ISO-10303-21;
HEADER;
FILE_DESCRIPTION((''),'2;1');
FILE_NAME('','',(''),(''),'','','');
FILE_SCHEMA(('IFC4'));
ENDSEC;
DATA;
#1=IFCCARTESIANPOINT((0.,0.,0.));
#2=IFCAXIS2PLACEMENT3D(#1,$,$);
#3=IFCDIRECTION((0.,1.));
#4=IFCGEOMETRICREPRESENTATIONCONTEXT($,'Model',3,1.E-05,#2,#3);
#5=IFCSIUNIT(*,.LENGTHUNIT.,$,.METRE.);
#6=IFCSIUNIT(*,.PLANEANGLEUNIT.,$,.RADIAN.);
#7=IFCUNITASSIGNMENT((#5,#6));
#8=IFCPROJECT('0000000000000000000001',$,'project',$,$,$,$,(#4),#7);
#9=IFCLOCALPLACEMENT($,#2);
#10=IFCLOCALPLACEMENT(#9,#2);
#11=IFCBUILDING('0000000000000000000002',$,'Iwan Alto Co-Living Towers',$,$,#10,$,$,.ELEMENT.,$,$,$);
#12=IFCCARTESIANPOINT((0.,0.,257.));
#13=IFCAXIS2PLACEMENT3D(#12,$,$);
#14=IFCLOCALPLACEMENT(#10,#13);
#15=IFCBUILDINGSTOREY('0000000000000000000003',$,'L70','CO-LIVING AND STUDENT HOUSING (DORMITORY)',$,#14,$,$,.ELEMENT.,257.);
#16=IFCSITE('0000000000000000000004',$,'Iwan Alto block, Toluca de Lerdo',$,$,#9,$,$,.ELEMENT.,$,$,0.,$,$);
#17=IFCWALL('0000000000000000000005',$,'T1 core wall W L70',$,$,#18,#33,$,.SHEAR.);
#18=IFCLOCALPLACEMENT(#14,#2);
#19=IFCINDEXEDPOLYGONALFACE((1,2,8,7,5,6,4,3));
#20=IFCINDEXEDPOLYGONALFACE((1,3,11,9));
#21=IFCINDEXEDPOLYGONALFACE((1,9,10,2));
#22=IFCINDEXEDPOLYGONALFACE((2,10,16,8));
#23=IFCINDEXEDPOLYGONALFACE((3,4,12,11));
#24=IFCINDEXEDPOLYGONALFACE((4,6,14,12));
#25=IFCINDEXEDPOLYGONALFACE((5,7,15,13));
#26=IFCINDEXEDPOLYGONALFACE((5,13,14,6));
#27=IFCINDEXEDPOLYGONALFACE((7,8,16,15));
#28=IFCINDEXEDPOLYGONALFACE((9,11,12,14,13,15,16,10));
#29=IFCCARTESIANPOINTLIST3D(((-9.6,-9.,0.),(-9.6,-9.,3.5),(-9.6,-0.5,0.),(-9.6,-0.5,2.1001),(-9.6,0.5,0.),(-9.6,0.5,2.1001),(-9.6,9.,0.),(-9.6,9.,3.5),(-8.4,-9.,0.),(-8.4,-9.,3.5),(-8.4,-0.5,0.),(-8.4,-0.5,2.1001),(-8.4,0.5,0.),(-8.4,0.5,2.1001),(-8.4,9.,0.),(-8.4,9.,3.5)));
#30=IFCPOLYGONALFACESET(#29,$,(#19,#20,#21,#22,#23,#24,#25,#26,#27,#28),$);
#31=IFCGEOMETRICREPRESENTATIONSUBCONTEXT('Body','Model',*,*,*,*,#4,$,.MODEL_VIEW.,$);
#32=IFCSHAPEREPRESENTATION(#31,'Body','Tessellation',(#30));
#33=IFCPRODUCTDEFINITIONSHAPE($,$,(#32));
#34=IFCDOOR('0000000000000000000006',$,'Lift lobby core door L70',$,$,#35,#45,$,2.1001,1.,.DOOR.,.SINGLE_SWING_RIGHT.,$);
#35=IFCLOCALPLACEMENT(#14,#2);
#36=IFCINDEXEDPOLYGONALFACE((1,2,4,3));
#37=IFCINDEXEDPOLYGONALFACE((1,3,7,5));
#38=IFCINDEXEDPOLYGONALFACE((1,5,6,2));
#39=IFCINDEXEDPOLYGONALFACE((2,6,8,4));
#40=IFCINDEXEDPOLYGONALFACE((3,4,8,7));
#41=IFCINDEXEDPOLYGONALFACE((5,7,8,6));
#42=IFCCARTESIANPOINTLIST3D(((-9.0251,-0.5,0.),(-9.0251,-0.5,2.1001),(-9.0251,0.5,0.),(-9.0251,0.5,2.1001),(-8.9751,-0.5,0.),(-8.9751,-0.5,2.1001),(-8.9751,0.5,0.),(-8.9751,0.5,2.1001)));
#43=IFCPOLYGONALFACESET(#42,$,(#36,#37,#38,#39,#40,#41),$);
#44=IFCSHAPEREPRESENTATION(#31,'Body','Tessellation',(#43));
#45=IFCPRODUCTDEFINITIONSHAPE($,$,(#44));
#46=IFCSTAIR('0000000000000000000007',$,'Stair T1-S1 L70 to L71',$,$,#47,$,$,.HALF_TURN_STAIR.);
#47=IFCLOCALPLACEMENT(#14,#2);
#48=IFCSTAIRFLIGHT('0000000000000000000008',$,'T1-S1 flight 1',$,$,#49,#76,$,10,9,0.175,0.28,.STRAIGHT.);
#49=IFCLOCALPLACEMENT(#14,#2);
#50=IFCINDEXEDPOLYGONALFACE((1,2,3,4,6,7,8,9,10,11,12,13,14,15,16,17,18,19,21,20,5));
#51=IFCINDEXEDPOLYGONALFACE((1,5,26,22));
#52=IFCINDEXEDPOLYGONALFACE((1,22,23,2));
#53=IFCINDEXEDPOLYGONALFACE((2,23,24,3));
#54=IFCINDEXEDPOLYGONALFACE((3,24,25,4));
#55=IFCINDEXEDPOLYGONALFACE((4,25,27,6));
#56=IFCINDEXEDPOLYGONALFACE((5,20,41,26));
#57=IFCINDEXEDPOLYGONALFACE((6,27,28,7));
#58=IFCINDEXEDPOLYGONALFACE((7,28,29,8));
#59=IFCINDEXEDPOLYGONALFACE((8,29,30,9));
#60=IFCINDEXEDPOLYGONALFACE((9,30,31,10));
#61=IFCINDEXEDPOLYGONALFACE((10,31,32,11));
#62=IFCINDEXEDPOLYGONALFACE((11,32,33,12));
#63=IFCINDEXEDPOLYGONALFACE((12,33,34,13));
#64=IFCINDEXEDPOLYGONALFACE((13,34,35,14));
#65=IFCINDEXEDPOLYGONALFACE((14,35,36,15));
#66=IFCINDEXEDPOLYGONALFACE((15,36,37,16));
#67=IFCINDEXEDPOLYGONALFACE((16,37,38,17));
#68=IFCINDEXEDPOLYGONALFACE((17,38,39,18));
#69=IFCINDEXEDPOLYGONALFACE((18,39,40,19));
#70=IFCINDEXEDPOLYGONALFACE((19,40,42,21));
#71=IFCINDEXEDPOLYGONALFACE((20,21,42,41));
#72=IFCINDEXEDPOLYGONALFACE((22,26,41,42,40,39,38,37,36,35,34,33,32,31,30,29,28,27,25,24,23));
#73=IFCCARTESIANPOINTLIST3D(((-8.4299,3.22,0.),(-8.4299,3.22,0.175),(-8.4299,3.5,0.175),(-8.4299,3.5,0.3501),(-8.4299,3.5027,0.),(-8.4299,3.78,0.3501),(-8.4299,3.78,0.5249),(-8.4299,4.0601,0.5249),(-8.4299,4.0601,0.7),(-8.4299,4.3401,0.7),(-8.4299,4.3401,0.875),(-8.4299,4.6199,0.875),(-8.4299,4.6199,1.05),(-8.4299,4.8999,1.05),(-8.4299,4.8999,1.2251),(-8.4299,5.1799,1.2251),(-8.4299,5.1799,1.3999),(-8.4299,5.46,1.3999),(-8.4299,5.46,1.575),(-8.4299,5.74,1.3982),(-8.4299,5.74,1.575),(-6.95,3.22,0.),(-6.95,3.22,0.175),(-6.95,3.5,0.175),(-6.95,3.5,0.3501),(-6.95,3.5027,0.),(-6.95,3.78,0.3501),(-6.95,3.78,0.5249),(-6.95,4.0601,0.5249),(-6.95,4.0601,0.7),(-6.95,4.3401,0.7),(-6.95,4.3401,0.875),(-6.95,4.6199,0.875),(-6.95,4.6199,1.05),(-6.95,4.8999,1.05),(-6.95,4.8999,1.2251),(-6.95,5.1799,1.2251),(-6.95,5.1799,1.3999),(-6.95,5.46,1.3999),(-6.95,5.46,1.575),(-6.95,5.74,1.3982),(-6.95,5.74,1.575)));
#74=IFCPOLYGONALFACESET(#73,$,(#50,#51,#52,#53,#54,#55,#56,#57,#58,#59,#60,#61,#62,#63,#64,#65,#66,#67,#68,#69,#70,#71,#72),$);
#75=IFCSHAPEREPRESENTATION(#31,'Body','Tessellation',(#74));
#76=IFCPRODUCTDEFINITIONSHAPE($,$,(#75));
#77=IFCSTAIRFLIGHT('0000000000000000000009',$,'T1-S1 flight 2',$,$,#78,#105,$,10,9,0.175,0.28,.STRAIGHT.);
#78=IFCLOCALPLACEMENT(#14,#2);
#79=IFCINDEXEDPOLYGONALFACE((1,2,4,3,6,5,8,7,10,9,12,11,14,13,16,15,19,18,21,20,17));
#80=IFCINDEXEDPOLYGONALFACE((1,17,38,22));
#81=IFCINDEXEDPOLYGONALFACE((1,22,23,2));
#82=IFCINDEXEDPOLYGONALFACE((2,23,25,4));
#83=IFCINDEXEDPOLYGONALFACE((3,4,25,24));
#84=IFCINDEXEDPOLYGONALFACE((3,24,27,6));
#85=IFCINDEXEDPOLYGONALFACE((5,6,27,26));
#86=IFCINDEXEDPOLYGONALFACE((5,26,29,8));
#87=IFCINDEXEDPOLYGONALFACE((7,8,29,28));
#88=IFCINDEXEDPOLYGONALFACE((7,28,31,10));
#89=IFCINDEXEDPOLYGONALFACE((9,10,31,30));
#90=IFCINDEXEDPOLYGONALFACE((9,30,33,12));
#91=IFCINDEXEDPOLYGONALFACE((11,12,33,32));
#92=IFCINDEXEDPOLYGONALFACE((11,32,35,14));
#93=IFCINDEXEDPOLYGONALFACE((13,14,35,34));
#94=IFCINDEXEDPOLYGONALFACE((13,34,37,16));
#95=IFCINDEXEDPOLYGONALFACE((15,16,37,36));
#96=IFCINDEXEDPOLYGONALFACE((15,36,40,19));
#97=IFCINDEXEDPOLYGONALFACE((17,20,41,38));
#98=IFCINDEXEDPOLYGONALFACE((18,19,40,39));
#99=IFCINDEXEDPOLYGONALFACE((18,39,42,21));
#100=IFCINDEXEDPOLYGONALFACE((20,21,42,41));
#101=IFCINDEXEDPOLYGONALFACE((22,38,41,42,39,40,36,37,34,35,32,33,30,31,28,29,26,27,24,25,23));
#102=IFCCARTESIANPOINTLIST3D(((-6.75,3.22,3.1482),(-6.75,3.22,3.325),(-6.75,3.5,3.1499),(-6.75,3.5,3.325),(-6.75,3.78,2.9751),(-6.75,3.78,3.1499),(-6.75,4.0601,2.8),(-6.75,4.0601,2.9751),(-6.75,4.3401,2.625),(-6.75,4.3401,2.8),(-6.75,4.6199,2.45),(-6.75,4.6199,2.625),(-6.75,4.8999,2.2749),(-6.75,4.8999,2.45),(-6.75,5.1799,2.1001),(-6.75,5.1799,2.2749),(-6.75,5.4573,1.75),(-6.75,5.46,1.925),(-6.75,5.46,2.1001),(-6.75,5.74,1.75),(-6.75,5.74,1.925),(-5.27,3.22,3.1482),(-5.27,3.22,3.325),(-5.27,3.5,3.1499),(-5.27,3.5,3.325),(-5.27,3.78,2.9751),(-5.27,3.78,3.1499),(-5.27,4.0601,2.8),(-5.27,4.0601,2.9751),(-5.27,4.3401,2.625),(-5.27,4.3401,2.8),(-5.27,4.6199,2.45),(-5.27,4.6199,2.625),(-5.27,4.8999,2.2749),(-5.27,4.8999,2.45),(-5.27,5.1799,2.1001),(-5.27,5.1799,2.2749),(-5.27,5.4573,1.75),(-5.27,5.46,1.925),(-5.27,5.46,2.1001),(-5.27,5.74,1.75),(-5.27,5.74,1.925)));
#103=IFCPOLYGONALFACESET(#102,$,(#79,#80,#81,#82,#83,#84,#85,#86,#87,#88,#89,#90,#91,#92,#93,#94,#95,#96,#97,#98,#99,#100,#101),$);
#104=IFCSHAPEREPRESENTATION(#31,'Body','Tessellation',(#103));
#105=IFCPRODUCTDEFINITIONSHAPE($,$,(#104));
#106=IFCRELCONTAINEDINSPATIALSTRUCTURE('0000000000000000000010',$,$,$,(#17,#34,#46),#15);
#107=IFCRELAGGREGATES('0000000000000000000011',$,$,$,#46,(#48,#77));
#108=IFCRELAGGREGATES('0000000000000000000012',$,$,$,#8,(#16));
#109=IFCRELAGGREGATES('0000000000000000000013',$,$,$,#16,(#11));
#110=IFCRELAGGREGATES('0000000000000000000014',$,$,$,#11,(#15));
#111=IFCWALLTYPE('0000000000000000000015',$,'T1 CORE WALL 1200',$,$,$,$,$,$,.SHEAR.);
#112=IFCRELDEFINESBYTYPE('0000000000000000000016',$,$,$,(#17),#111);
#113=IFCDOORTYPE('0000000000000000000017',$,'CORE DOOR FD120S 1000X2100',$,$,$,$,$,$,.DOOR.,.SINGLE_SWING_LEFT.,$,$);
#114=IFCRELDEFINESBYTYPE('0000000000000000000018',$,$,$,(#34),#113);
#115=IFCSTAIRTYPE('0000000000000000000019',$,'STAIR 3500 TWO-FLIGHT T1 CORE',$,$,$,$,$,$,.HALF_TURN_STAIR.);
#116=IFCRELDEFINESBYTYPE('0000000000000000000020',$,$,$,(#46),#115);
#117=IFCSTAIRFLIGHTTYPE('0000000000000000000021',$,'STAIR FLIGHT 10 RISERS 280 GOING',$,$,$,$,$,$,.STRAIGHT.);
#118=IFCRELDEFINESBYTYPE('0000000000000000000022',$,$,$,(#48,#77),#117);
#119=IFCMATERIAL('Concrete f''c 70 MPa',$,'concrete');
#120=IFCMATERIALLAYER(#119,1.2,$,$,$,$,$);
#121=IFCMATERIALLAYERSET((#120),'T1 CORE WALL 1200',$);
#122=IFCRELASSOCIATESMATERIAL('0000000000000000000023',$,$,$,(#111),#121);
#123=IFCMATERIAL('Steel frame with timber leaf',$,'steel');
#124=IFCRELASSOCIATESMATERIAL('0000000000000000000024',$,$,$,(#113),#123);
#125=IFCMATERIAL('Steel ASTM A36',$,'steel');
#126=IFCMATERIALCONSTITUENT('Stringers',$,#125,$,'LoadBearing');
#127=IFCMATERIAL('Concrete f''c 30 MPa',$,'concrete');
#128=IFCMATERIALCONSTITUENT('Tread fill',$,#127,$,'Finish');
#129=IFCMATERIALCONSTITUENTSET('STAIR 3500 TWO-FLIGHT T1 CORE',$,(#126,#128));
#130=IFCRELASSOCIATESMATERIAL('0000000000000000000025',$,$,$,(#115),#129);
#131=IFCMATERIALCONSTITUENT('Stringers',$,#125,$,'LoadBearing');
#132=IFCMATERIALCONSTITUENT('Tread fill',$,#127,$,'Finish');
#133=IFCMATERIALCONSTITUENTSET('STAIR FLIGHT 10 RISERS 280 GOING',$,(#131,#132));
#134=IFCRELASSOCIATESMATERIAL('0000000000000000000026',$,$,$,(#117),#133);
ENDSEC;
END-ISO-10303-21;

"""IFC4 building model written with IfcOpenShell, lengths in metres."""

from ifc_helpers import new_model, si_unit, direction, frame, frame_2d, origin, place, context, subcontext, project, spatial, polyline, rectangle, outline, extrude, material, layer, layer_set, constituent, constituent_set, type_object, element, fill, aggregate, save


model = new_model("IFC4")

# Units and contexts
model_context = context("Model", 3, precision=1e-05, world=origin(), true_north=direction((0.0, 1.0)))
body_context = subcontext(model_context, "Body", "Model", "MODEL_VIEW")
ifc_project = project(units=[si_unit("LENGTHUNIT", "METRE"), si_unit("PLANEANGLEUNIT", "RADIAN")], contexts=[model_context])

# Site, building, storey
site_placement = place(None, origin())
site = spatial("IfcSite", under=ifc_project, at=site_placement, Name="Iwan Alto block, Toluca de Lerdo", CompositionType="ELEMENT", RefElevation=0.0)
building_placement = place(site_placement, origin())
building = spatial("IfcBuilding", under=site, at=building_placement, Name="Iwan Alto Co-Living Towers", CompositionType="ELEMENT")
storey_placement = place(building_placement, frame((0.0, 0.0, 257.0)))
storey = spatial("IfcBuildingStorey", under=building, at=storey_placement, Name="L70", Description="CO-LIVING AND STUDENT HOUSING (DORMITORY)", CompositionType="ELEMENT", Elevation=257.0)

# Wall, opening, door
ifc_material_1 = material(Name="Concrete f'c 70 MPa", Category="concrete")
ifc_layer_1 = layer(ifc_material_1, 1.2)
ifc_layer_set_1 = layer_set([ifc_layer_1], Name="T1 CORE WALL 1200")
wall_type_1 = type_object("IfcWallType", Name="T1 CORE WALL 1200", PredefinedType="SHEAR", material=ifc_layer_set_1)
wall_1_placement = place(storey_placement, frame((-9.0, 9.0, 0.0), z_axis=(0.0, 0.0, 1.0), x_axis=(0.0, -1.0, 0.0)))
wall_1 = element("IfcWall", 1, at=wall_1_placement, inside=storey, type_object=wall_type_1, Name="T1 core wall W L70", PredefinedType="SHEAR", context=body_context, shape_type="SweptSolid", body=[
    extrude(rectangle(XDim=18.0, YDim=1.2, at=frame_2d((9.0, 0.0))), origin(), (0.0, 0.0, 1.0), 3.5),
])
opening_1_placement = place(wall_1_placement, frame((8.5, 0.0, 0.0)))
opening_1 = element("IfcOpeningElement", 2, at=opening_1_placement, cuts=wall_1, PredefinedType="OPENING", context=body_context, shape_type="SweptSolid", body=[
    extrude(rectangle(XDim=1.0, YDim=2.1001, at=frame_2d((0.5, 1.05))), frame((0.0, 0.6099, 0.0), z_axis=(0.0, -1.0, 0.0), x_axis=(1.0, 0.0, 0.0)), (0.0, 0.0, 1.0), 1.22),
])
ifc_material_2 = material(Name="Steel frame with timber leaf", Category="steel")
door_type_1 = type_object("IfcDoorType", Name="CORE DOOR FD120S 1000X2100", OperationType="SINGLE_SWING_LEFT", PredefinedType="DOOR", material=ifc_material_2)
door_1_placement = place(opening_1_placement, origin())
door_1 = element("IfcDoor", 3, at=door_1_placement, inside=storey, type_object=door_type_1, Name="Lift lobby core door L70", OperationType="SINGLE_SWING_RIGHT", OverallHeight=2.1001, OverallWidth=1.0, PredefinedType="DOOR", context=body_context, shape_type="SweptSolid", body=[
    extrude(rectangle(XDim=1.0, YDim=2.1001, at=frame_2d((0.5, 1.05))), frame((0.0, 0.0249, 0.0), z_axis=(0.0, -1.0, 0.0), x_axis=(1.0, 0.0, 0.0)), (0.0, 0.0, 1.0), 0.05),
])
fill(opening_1, door_1)

# Stair, stair flights
ifc_material_3 = material(Name="Steel ASTM A36", Category="steel")
ifc_constituent_1 = constituent(ifc_material_3, Name="Stringers", Category="LoadBearing")
ifc_material_4 = material(Name="Concrete f'c 30 MPa", Category="concrete")
ifc_constituent_2 = constituent(ifc_material_4, Name="Tread fill", Category="Finish")
ifc_constituent_set_1 = constituent_set(constituents=[ifc_constituent_1, ifc_constituent_2], Name="STAIR 3500 TWO-FLIGHT T1 CORE")
stair_type = type_object("IfcStairType", Name="STAIR 3500 TWO-FLIGHT T1 CORE", PredefinedType="HALF_TURN_STAIR", material=ifc_constituent_set_1)
stair_placement = place(storey_placement, origin())
stair = element("IfcStair", 4, at=stair_placement, inside=storey, type_object=stair_type, Name="Stair T1-S1 L70 to L71", PredefinedType="HALF_TURN_STAIR")
ifc_constituent_3 = constituent(ifc_material_3, Name="Stringers", Category="LoadBearing")
ifc_constituent_4 = constituent(ifc_material_4, Name="Tread fill", Category="Finish")
ifc_constituent_set_2 = constituent_set(constituents=[ifc_constituent_3, ifc_constituent_4], Name="STAIR FLIGHT 10 RISERS 280 GOING")
stair_flight_type = type_object("IfcStairFlightType", Name="STAIR FLIGHT 10 RISERS 280 GOING", PredefinedType="STRAIGHT", material=ifc_constituent_set_2)
stair_flight_1_placement = place(storey_placement, frame((-7.6899, 3.22, 0.0), z_axis=(0.0, 0.0, 1.0), x_axis=(0.0, 1.0, 0.0)))
stair_flight_1 = element("IfcStairFlight", 5, at=stair_flight_1_placement, type_object=stair_flight_type, Name="T1-S1 flight 1", NumberOfRisers=10, NumberOfTreads=9, PredefinedType="STRAIGHT", RiserHeight=0.175, TreadLength=0.28, context=body_context, shape_type="SweptSolid", body=[
    extrude(outline(polyline([(0.0, 0.0), (0.0, 0.175), (0.28, 0.175), (0.28, 0.3501), (0.5601, 0.3501), (0.5601, 0.5249), (0.8401, 0.5249), (0.8401, 0.7), (1.1201, 0.7), (1.1201, 0.875), (1.3999, 0.875), (1.3999, 1.05), (1.6799, 1.05), (1.6799, 1.2251), (1.96, 1.2251), (1.96, 1.3999), (2.24, 1.3999), (2.24, 1.575), (2.52, 1.575), (2.52, 1.75), (2.52, 1.3982), (0.2827, 0.0), (0.0, 0.0)])), frame((0.0, 0.74, 0.0), z_axis=(0.0, -1.0, 0.0), x_axis=(1.0, 0.0, 0.0)), (0.0, 0.0, 1.0), 1.48),
])
stair_flight_2_placement = place(storey_placement, frame((-6.01, 5.74, 1.75), z_axis=(0.0, 0.0, 1.0), x_axis=(0.0, -1.0, 0.0)))
stair_flight_2 = element("IfcStairFlight", 6, at=stair_flight_2_placement, type_object=stair_flight_type, Name="T1-S1 flight 2", NumberOfRisers=10, NumberOfTreads=9, PredefinedType="STRAIGHT", RiserHeight=0.175, TreadLength=0.28, context=body_context, shape_type="SweptSolid", body=[
    extrude(outline(polyline([(0.0, 0.0), (0.0, 0.175), (0.28, 0.175), (0.28, 0.3501), (0.5601, 0.3501), (0.5601, 0.5249), (0.8401, 0.5249), (0.8401, 0.7), (1.1201, 0.7), (1.1201, 0.875), (1.3999, 0.875), (1.3999, 1.05), (1.6799, 1.05), (1.6799, 1.2251), (1.96, 1.2251), (1.96, 1.3999), (2.24, 1.3999), (2.24, 1.575), (2.52, 1.575), (2.52, 1.75), (2.52, 1.3982), (0.2827, 0.0), (0.0, 0.0)])), frame((0.0, 0.74, 0.0), z_axis=(0.0, -1.0, 0.0), x_axis=(1.0, 0.0, 0.0)), (0.0, 0.0, 1.0), 1.48),
])
aggregate(stair, [stair_flight_1, stair_flight_2])

save(model, "model.ifc")
